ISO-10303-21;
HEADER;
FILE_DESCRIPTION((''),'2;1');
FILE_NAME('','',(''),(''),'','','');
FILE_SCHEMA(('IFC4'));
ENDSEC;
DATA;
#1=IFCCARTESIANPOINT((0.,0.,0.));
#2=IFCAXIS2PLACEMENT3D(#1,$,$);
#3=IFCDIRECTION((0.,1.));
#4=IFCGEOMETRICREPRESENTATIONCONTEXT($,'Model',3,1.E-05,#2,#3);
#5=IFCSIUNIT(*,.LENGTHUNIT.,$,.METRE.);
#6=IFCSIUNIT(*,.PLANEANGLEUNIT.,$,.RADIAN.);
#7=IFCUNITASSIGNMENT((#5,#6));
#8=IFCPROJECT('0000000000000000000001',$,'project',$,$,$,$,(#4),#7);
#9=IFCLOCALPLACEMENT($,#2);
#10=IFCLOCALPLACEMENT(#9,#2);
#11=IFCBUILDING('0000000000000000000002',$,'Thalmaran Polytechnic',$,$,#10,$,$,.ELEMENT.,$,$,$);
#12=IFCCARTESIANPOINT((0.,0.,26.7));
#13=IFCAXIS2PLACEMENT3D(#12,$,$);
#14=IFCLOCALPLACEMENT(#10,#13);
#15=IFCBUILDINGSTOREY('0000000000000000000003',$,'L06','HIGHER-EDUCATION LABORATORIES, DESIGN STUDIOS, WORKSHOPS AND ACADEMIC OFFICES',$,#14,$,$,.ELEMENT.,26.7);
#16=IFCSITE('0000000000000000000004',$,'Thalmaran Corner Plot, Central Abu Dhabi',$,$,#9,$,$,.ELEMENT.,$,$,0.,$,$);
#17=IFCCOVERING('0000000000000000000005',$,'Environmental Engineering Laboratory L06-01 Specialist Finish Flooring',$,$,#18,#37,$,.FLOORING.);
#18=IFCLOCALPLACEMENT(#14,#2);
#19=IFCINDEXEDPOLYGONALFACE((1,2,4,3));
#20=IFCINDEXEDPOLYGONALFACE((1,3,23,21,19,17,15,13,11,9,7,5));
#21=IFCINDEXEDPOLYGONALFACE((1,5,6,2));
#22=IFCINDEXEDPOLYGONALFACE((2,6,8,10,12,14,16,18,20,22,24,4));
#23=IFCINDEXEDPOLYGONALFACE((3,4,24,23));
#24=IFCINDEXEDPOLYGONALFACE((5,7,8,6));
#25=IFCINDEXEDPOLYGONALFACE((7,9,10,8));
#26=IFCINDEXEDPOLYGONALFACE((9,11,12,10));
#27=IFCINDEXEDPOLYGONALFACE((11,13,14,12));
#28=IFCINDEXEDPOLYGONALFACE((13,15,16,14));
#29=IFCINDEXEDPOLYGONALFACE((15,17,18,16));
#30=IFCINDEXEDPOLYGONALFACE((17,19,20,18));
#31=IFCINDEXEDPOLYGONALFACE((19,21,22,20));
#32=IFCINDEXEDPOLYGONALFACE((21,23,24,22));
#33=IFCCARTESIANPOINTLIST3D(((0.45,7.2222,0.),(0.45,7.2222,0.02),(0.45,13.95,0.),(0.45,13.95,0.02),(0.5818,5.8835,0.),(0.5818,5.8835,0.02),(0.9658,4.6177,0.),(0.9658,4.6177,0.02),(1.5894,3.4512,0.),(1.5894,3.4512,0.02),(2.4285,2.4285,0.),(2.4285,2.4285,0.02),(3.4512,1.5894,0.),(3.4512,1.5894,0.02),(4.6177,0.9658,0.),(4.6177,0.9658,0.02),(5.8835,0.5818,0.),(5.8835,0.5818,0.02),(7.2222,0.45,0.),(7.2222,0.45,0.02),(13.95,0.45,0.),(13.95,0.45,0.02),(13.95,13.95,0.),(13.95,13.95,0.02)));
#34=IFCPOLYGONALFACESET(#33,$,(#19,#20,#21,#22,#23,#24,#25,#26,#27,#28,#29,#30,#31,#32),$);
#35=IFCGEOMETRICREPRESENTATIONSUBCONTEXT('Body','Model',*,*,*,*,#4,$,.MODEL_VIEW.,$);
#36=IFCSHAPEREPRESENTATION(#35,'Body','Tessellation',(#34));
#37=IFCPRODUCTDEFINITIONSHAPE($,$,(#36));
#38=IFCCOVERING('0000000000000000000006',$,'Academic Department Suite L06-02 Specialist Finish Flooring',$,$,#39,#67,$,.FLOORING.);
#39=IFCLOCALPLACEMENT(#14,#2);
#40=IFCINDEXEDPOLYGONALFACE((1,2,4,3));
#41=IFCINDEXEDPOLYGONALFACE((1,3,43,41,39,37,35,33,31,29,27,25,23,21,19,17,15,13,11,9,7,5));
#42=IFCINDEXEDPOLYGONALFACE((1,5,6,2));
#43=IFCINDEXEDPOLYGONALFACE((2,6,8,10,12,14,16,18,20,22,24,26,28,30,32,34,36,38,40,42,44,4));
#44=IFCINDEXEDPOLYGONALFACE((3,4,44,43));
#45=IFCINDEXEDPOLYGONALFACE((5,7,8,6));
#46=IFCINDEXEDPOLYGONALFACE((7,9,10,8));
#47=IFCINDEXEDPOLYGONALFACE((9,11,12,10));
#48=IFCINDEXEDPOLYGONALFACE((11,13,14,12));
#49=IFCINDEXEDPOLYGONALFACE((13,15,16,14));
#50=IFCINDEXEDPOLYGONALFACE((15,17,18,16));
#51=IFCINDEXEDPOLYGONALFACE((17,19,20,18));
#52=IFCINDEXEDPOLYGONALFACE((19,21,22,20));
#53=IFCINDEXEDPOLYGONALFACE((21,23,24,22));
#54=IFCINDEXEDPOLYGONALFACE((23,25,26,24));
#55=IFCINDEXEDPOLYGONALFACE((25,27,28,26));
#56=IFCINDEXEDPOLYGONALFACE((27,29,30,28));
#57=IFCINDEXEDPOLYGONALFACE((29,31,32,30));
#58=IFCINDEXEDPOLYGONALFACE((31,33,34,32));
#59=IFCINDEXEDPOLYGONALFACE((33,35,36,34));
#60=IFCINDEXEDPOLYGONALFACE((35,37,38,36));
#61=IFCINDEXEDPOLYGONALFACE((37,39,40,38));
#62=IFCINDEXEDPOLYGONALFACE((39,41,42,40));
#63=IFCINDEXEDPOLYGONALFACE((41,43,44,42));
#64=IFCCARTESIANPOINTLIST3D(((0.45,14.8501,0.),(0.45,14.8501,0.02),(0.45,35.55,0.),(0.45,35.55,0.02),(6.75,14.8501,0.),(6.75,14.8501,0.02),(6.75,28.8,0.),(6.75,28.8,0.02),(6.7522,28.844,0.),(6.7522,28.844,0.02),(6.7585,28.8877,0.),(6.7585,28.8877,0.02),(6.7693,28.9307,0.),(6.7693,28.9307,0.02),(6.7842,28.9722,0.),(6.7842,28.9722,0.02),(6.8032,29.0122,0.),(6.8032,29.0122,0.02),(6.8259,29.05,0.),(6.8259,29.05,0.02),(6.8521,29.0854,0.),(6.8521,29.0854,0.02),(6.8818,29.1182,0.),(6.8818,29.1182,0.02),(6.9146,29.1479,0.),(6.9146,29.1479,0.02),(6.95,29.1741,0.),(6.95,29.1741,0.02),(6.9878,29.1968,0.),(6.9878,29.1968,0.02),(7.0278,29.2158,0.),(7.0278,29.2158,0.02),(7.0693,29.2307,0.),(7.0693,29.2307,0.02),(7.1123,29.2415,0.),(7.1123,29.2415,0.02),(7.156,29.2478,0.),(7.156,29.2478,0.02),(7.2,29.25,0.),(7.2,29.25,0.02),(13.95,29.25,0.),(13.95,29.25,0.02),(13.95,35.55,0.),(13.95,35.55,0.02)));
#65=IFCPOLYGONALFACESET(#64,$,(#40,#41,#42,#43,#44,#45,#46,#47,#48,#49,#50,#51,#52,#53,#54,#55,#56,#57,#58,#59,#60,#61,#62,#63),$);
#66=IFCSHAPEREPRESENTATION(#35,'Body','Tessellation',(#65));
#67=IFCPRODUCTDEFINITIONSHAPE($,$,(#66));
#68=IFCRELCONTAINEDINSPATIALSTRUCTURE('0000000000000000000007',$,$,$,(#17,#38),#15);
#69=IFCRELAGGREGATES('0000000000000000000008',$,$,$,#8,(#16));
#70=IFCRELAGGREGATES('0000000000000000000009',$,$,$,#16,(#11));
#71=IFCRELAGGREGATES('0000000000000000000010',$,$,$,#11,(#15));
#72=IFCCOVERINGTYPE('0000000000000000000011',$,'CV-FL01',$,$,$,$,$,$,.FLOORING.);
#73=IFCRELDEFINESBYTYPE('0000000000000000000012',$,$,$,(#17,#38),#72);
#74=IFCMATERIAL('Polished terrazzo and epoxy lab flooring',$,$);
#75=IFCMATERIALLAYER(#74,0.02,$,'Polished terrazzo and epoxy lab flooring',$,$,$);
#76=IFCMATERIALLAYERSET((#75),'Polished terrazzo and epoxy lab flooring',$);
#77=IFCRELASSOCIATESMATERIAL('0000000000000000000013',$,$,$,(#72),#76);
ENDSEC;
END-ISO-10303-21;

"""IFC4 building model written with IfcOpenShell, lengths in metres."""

from ifc_helpers import new_model, si_unit, direction, frame, origin, place, context, subcontext, project, spatial, polyline, outline, extrude, material, layer, layer_set, type_object, element, save


model = new_model("IFC4")

# Units and contexts
model_context = context("Model", 3, precision=1e-05, world=origin(), true_north=direction((0.0, 1.0)))
body_context = subcontext(model_context, "Body", "Model", "MODEL_VIEW")
ifc_project = project(units=[si_unit("LENGTHUNIT", "METRE"), si_unit("PLANEANGLEUNIT", "RADIAN")], contexts=[model_context])

# Site, building, storey
site_placement = place(None, origin())
site = spatial("IfcSite", under=ifc_project, at=site_placement, Name="Thalmaran Corner Plot, Central Abu Dhabi", CompositionType="ELEMENT", RefElevation=0.0)
building_placement = place(site_placement, origin())
building = spatial("IfcBuilding", under=site, at=building_placement, Name="Thalmaran Polytechnic", CompositionType="ELEMENT")
storey_placement = place(building_placement, frame((0.0, 0.0, 26.7)))
storey = spatial("IfcBuildingStorey", under=building, at=storey_placement, Name="L06", Description="HIGHER-EDUCATION LABORATORIES, DESIGN STUDIOS, WORKSHOPS AND ACADEMIC OFFICES", CompositionType="ELEMENT", Elevation=26.7)

# Coverings
ifc_material_1 = material(Name="Polished terrazzo and epoxy lab flooring")
ifc_layer_1 = layer(ifc_material_1, 0.02, Name="Polished terrazzo and epoxy lab flooring")
ifc_layer_set_1 = layer_set([ifc_layer_1], Name="Polished terrazzo and epoxy lab flooring")
covering_type_1 = type_object("IfcCoveringType", Name="CV-FL01", PredefinedType="FLOORING", material=ifc_layer_set_1)
covering_1_placement = place(storey_placement, origin())
element("IfcCovering", 1, at=covering_1_placement, inside=storey, type_object=covering_type_1, Name="Environmental Engineering Laboratory L06-01 Specialist Finish Flooring", PredefinedType="FLOORING", context=body_context, shape_type="SweptSolid", body=[
    extrude(outline(polyline([(4.6177, 0.9658), (3.4512, 1.5894), (2.4285, 2.4285), (1.5894, 3.4512), (0.9658, 4.6177), (0.5818, 5.8835), (0.45, 7.2222), (0.45, 13.95), (13.95, 13.95), (13.95, 0.45), (7.2222, 0.45), (5.8835, 0.5818), (4.6177, 0.9658)])), origin(), (0.0, 0.0, 1.0), 0.02),
])
covering_2_placement = place(storey_placement, origin())
element("IfcCovering", 2, at=covering_2_placement, inside=storey, type_object=covering_type_1, Name="Academic Department Suite L06-02 Specialist Finish Flooring", PredefinedType="FLOORING", context=body_context, shape_type="SweptSolid", body=[
    extrude(outline(polyline([(0.45, 14.8501), (0.45, 35.55), (13.95, 35.55), (13.95, 29.25), (7.2, 29.25), (7.156, 29.2478), (7.1123, 29.2415), (7.0693, 29.2307), (7.0278, 29.2158), (6.9878, 29.1968), (6.95, 29.1741), (6.9146, 29.1479), (6.8818, 29.1182), (6.8521, 29.0854), (6.8259, 29.05), (6.8032, 29.0122), (6.7842, 28.9722), (6.7693, 28.9307), (6.7585, 28.8877), (6.7522, 28.844), (6.75, 28.8), (6.75, 14.8501), (0.45, 14.8501)])), origin(), (0.0, 0.0, 1.0), 0.02),
])

save(model, "model.ifc")
